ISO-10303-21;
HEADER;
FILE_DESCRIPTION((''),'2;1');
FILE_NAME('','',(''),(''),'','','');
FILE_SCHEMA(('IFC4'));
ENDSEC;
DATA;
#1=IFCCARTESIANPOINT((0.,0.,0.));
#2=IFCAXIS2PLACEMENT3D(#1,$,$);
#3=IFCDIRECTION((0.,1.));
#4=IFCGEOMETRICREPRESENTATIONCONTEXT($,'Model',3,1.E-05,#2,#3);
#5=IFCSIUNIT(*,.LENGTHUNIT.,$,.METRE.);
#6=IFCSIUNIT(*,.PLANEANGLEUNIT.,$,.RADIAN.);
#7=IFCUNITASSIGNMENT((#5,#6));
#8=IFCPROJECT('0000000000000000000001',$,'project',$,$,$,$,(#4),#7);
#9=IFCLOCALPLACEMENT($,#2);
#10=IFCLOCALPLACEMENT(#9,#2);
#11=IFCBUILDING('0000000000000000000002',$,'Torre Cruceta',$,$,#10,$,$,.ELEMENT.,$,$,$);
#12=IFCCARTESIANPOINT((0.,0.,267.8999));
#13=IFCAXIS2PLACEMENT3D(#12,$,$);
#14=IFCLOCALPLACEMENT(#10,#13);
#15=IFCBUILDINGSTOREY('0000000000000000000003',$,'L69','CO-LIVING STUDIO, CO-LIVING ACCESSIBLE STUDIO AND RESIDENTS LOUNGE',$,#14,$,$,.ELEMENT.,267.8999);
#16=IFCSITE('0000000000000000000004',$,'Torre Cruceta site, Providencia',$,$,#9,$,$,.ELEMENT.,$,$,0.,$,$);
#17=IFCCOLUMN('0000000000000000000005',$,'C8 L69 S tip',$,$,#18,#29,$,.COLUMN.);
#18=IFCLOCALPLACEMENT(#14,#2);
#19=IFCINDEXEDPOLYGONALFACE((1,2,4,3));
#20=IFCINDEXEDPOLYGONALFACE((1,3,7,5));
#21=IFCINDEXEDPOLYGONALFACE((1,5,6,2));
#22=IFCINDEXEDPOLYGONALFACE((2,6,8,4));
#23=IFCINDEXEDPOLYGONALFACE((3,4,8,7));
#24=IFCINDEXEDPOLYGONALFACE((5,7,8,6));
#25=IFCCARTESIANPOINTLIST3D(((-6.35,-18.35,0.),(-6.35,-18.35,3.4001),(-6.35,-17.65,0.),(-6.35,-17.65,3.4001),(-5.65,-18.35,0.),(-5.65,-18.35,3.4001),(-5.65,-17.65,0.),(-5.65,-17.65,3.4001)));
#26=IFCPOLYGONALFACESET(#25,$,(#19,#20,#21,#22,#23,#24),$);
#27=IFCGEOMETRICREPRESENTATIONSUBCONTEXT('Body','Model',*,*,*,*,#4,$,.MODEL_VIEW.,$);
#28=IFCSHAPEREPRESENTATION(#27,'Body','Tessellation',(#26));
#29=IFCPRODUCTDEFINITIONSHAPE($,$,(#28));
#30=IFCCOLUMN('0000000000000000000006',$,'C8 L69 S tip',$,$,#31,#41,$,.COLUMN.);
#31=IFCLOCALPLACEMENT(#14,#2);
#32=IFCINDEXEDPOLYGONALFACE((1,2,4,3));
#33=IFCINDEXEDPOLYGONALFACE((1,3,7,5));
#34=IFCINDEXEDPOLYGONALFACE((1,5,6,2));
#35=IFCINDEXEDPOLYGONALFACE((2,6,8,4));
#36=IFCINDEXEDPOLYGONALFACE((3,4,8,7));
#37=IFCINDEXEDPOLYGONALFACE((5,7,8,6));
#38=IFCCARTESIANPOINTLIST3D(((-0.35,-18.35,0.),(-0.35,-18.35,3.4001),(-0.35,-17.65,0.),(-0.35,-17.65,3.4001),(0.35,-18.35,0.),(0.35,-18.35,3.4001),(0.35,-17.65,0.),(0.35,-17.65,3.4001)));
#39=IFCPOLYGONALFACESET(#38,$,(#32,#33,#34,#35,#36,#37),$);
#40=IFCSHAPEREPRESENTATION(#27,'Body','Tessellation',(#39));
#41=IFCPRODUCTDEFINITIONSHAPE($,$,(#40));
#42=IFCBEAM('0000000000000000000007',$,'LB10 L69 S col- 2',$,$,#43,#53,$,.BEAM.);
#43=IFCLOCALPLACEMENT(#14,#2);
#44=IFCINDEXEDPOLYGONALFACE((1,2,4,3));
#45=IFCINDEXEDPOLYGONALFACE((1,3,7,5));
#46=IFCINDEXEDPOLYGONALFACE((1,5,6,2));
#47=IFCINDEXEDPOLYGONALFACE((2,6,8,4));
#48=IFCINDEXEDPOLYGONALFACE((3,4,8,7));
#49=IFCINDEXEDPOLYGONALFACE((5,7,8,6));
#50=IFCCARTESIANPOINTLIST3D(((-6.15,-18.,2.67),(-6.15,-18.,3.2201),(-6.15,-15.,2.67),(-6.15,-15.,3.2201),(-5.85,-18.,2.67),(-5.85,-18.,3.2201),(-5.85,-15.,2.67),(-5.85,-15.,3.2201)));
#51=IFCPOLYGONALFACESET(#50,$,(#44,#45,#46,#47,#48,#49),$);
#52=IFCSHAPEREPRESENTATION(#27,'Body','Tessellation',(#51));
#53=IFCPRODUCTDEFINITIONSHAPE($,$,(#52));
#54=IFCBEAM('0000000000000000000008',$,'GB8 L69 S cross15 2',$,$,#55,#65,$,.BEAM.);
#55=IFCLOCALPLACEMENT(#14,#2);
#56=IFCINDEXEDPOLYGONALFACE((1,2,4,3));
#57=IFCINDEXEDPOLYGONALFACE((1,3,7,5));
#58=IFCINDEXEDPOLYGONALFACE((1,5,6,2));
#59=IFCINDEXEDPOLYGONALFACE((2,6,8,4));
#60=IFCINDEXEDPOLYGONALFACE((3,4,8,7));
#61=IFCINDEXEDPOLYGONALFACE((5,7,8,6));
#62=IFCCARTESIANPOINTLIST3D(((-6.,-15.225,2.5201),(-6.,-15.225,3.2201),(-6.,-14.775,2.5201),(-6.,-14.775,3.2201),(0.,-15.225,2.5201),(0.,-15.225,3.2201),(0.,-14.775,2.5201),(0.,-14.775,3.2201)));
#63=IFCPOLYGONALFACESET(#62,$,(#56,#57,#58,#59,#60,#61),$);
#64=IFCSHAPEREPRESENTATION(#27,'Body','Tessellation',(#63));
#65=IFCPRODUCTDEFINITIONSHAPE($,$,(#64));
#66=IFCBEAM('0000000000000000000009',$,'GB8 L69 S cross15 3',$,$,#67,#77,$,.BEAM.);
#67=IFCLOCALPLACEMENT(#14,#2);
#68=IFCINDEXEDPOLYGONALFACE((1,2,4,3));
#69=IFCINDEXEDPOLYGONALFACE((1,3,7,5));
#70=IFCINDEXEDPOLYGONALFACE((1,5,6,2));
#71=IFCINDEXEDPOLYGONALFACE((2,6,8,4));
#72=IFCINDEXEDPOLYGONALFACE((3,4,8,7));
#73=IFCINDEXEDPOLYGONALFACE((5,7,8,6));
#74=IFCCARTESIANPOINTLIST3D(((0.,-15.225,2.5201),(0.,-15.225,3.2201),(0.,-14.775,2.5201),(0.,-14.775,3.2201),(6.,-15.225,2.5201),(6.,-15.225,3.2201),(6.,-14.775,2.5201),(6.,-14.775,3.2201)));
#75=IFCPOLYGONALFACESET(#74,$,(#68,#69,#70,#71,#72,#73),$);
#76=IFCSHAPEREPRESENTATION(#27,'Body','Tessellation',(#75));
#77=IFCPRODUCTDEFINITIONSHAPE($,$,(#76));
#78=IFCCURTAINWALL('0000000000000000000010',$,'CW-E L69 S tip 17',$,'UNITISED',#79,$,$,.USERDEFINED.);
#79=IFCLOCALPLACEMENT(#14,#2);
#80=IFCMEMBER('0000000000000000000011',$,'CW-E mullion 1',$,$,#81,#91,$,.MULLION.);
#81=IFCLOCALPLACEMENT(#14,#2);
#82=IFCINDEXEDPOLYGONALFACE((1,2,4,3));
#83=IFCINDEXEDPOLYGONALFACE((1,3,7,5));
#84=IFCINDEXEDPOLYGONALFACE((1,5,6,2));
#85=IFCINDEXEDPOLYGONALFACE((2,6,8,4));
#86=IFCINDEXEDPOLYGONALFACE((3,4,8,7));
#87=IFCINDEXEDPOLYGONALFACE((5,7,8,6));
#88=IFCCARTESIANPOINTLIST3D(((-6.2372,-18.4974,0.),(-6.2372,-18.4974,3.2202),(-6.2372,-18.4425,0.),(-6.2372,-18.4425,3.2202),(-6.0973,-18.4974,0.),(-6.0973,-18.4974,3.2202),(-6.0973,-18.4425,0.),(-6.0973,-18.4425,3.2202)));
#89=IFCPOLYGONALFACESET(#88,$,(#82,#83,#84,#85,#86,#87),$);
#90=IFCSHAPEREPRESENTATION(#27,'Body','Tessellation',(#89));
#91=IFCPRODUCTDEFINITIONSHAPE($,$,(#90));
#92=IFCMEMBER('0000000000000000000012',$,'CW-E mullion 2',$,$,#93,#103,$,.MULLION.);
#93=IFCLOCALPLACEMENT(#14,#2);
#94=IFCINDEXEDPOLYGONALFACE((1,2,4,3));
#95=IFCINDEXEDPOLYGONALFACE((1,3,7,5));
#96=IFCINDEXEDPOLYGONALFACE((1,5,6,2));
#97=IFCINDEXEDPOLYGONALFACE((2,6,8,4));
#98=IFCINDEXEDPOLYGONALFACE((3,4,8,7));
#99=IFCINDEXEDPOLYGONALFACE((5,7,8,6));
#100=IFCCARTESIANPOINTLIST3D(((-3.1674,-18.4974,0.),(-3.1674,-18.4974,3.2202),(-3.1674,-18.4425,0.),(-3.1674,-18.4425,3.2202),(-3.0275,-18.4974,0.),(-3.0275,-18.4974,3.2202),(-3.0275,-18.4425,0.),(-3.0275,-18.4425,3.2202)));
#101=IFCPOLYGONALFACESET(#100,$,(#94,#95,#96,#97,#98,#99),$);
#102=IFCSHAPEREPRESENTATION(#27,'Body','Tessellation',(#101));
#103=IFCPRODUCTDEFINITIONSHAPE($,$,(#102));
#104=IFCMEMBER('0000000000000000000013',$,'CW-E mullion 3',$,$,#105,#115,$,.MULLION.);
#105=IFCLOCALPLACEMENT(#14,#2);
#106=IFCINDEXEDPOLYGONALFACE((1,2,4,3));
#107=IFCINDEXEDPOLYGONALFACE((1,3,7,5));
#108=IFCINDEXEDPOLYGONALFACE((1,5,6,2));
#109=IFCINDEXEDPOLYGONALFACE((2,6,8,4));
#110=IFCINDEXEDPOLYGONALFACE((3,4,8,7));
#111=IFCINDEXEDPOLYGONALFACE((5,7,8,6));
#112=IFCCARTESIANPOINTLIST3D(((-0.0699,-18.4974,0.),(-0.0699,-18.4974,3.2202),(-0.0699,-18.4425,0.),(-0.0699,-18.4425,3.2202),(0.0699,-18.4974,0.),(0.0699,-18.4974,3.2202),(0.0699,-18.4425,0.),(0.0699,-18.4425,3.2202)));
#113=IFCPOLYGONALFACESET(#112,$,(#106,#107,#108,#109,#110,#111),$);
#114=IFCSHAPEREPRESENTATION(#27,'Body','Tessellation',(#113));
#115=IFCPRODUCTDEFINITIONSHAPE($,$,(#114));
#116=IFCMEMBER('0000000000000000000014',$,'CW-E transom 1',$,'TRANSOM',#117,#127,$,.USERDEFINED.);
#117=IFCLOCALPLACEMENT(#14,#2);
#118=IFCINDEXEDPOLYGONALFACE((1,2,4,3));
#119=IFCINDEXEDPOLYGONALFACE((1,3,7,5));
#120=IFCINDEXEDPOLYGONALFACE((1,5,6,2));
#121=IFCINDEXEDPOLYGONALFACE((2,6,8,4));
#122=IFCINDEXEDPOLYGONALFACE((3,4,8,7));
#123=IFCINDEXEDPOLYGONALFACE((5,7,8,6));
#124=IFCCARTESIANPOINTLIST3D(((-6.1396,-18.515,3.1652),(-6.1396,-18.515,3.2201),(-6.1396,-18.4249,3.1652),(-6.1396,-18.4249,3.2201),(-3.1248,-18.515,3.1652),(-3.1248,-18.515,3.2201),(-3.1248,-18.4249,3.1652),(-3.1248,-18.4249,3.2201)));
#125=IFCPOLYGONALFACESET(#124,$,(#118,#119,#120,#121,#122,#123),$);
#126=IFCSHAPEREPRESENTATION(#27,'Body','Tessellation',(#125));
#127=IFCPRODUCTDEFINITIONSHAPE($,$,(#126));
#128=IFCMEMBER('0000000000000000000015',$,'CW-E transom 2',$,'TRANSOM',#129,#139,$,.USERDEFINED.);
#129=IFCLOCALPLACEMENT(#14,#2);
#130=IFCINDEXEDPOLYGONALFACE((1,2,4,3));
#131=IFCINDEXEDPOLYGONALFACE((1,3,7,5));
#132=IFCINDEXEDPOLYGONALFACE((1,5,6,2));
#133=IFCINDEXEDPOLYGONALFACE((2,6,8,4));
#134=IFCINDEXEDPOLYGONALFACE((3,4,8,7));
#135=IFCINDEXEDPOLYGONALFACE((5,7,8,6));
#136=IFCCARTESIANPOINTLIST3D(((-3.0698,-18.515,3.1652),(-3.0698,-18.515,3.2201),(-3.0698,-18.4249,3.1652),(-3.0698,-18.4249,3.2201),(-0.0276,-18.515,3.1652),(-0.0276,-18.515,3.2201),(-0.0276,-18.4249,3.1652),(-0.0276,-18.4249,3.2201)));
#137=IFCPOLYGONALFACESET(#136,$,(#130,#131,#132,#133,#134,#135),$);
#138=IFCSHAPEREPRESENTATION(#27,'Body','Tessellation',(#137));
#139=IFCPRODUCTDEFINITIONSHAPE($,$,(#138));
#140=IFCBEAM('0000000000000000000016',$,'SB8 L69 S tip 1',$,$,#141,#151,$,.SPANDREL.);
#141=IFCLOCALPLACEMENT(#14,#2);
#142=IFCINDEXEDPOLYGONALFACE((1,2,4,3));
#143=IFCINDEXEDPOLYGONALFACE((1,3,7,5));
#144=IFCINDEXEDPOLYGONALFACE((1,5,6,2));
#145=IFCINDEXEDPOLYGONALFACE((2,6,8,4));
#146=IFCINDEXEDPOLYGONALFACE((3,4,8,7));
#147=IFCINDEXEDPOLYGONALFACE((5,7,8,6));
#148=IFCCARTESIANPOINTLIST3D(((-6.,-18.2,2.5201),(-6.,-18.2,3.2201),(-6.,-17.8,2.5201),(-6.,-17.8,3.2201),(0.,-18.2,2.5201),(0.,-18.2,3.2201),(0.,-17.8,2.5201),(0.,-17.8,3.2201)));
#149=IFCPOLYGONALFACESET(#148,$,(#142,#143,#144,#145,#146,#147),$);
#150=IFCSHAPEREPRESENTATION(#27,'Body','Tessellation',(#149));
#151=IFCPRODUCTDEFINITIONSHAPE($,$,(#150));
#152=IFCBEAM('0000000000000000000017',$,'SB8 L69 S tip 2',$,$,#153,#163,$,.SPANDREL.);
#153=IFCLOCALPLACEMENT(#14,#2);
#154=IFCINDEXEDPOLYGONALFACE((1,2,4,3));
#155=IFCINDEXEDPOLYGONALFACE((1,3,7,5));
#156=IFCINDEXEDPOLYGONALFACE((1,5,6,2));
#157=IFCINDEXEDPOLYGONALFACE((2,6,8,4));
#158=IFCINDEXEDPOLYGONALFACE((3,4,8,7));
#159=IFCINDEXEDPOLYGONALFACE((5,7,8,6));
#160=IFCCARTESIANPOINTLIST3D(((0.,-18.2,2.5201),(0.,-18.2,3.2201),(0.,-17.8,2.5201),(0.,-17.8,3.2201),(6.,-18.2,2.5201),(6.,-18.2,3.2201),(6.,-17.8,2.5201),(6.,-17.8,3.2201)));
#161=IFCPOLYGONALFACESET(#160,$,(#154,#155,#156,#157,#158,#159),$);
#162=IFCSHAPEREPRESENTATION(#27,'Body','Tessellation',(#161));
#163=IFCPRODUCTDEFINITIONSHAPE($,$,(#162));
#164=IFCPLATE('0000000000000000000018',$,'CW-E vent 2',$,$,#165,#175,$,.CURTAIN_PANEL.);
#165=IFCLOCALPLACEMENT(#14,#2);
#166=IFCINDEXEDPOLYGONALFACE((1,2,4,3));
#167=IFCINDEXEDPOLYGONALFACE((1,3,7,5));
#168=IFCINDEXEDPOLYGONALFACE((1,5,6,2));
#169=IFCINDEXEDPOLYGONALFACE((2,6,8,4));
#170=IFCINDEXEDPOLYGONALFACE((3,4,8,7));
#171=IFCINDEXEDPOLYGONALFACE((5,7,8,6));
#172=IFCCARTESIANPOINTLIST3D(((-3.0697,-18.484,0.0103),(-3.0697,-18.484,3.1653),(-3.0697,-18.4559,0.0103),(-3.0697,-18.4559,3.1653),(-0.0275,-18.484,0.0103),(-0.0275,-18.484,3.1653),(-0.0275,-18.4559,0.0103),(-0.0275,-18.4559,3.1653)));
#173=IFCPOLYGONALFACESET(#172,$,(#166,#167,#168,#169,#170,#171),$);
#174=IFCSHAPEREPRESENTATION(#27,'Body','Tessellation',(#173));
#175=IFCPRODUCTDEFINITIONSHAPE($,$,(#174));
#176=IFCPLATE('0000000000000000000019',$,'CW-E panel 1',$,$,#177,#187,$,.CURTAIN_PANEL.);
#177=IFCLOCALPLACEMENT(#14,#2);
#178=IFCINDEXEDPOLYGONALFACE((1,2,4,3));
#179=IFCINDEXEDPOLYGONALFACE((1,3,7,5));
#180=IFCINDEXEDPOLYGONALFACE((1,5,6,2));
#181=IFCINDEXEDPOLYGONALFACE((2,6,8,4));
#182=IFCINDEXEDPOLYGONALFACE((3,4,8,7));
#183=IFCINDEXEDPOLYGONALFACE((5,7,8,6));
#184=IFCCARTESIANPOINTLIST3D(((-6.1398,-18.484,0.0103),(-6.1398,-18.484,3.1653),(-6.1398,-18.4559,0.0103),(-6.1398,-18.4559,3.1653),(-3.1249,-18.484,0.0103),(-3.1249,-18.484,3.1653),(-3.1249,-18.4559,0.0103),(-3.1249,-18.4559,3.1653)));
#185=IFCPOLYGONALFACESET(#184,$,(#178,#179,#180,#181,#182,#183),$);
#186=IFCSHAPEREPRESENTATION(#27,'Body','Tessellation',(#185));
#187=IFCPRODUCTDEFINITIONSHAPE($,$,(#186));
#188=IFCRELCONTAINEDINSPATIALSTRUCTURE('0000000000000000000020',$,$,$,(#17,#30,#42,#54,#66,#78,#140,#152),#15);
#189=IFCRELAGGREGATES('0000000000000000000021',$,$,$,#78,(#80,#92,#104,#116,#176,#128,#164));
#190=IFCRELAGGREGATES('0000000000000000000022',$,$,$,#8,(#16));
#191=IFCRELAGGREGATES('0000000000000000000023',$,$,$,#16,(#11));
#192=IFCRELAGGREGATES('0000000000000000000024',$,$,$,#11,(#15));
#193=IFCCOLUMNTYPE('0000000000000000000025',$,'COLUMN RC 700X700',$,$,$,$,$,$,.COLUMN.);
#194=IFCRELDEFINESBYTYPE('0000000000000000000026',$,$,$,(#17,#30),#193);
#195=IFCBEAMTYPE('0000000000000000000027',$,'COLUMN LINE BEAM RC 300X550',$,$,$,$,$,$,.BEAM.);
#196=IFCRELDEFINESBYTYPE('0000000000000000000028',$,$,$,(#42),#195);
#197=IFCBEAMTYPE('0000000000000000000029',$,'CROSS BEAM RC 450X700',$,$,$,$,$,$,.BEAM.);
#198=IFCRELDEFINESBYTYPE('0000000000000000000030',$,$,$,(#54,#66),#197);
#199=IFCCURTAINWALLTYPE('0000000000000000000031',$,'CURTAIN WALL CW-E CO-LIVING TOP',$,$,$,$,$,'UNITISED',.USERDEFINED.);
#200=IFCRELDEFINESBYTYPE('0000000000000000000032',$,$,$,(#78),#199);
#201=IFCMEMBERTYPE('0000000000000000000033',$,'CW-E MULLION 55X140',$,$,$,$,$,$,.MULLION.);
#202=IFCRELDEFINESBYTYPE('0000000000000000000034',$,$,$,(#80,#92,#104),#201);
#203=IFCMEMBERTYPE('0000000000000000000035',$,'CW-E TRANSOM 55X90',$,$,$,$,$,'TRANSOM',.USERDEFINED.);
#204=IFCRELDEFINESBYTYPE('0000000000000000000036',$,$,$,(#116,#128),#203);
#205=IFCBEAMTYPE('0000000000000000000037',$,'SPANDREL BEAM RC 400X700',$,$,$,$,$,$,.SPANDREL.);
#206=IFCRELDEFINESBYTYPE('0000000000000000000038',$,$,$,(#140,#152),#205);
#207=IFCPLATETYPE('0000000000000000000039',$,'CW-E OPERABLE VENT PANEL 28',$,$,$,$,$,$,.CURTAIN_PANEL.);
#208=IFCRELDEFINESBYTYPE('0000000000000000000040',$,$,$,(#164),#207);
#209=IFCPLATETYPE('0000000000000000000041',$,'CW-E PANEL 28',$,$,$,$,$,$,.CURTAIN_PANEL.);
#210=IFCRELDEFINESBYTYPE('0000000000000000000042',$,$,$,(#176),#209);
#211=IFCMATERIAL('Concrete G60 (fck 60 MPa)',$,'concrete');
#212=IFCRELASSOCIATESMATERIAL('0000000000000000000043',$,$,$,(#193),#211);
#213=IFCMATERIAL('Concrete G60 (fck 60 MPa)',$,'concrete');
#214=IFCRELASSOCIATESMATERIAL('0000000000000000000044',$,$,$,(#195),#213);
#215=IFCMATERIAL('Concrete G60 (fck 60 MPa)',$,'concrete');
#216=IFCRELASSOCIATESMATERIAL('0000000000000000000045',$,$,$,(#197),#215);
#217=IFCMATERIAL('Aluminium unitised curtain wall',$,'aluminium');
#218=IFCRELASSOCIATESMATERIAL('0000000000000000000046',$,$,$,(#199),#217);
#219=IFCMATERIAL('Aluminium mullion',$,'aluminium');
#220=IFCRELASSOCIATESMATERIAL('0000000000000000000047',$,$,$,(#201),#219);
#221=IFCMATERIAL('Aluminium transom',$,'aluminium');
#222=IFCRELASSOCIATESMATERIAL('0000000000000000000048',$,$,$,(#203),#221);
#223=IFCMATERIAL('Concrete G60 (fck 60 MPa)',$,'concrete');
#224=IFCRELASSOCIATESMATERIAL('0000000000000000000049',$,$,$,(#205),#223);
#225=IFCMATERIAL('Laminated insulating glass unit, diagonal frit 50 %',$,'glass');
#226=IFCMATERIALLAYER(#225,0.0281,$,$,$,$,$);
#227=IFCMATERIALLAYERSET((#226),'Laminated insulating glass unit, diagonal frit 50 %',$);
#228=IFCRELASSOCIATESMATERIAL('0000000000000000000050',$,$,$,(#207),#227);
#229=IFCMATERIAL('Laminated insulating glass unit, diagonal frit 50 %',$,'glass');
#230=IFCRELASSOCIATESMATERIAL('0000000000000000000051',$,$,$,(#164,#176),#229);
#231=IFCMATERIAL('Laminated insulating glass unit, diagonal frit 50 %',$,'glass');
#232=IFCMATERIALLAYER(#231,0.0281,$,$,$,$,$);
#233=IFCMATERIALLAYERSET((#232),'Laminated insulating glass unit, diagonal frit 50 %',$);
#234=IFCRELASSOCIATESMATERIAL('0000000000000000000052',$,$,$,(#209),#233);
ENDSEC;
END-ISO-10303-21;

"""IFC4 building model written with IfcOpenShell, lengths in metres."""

from ifc_helpers import new_model, si_unit, direction, frame, origin, origin_2d, place, context, subcontext, project, spatial, rectangle, extrude, material, layer, layer_set, material_profile, profile_set, type_object, element, aggregate, save


model = new_model("IFC4")

# Units and contexts
model_context = context("Model", 3, precision=1e-05, world=origin(), true_north=direction((0.0, 1.0)))
body_context = subcontext(model_context, "Body", "Model", "MODEL_VIEW")
ifc_project = project(units=[si_unit("LENGTHUNIT", "METRE"), si_unit("PLANEANGLEUNIT", "RADIAN")], contexts=[model_context])

# Site, building, storey
site_placement = place(None, origin())
site = spatial("IfcSite", under=ifc_project, at=site_placement, Name="Torre Cruceta site, Providencia", CompositionType="ELEMENT", RefElevation=0.0)
building_placement = place(site_placement, origin())
building = spatial("IfcBuilding", under=site, at=building_placement, Name="Torre Cruceta", CompositionType="ELEMENT")
storey_placement = place(building_placement, frame((0.0, 0.0, 267.8999)))
storey = spatial("IfcBuildingStorey", under=building, at=storey_placement, Name="L69", Description="CO-LIVING STUDIO, CO-LIVING ACCESSIBLE STUDIO AND RESIDENTS LOUNGE", CompositionType="ELEMENT", Elevation=267.8999)

# Columns
ifc_material_1 = material(Name="Concrete G60 (fck 60 MPa)", Category="concrete")
ifc_material_profile_1 = material_profile(ifc_material_1, rectangle(XDim=0.7, YDim=0.7, at=origin_2d()), Name="RC 700X700")
ifc_profile_set_1 = profile_set([ifc_material_profile_1], Name="Concrete G60 (fck 60 MPa)")
column_type = type_object("IfcColumnType", Name="COLUMN RC 700X700", PredefinedType="COLUMN", material=ifc_profile_set_1)
for number, where, z_axis, x_axis, name in (
    (1, (-6.0, -18.0, 0.0), (0.0, 0.0, 1.0), (1.0, 0.0, 0.0), "C8 L69 S tip"),
    (2, (0.0, -18.0, 0.0), (0.0, 0.0, 1.0), (1.0, 0.0, 0.0), "C8 L69 S tip"),
):
    element("IfcColumn", number, at=place(storey_placement, frame(where, z_axis=z_axis, x_axis=x_axis)), inside=storey, type_object=column_type, Name=name, PredefinedType="COLUMN", context=body_context, shape_type="SweptSolid", body=[
        extrude(rectangle(XDim=0.7, YDim=0.7, at=origin_2d()), origin(), (0.0, 0.0, 1.0), 3.4001),
    ])

# Beams
ifc_material_2 = material(Name="Concrete G60 (fck 60 MPa)", Category="concrete")
ifc_material_profile_2 = material_profile(ifc_material_2, rectangle(XDim=0.3, YDim=0.55, at=origin_2d()), Name="RC 300X550")
ifc_profile_set_2 = profile_set([ifc_material_profile_2], Name="Concrete G60 (fck 60 MPa)")
beam_type_1 = type_object("IfcBeamType", Name="COLUMN LINE BEAM RC 300X550", PredefinedType="BEAM", material=ifc_profile_set_2)
beam_placement = place(storey_placement, frame((-6.0, -15.0, 2.9451), z_axis=(0.0, -1.0, 0.0), x_axis=(1.0, 0.0, 0.0)))
element("IfcBeam", 3, at=beam_placement, inside=storey, type_object=beam_type_1, Name="LB10 L69 S col- 2", PredefinedType="BEAM", context=body_context, shape_type="SweptSolid", body=[
    extrude(rectangle(XDim=0.3, YDim=0.55, at=origin_2d()), origin(), (0.0, 0.0, 1.0), 3.0),
])
ifc_material_3 = material(Name="Concrete G60 (fck 60 MPa)", Category="concrete")
ifc_material_profile_3 = material_profile(ifc_material_3, rectangle(XDim=0.45, YDim=0.7, at=origin_2d()), Name="RC 450X700")
ifc_profile_set_3 = profile_set([ifc_material_profile_3], Name="Concrete G60 (fck 60 MPa)")
beam_type_2 = type_object("IfcBeamType", Name="CROSS BEAM RC 450X700", PredefinedType="BEAM", material=ifc_profile_set_3)
for number, where, z_axis, x_axis, name in (
    (4, (-6.0, -15.0, 2.8701), (1.0, 0.0, 0.0), (0.0, 1.0, 0.0), "GB8 L69 S cross15 2"),
    (5, (0.0, -15.0, 2.8701), (1.0, 0.0, 0.0), (0.0, 1.0, 0.0), "GB8 L69 S cross15 3"),
):
    element("IfcBeam", number, at=place(storey_placement, frame(where, z_axis=z_axis, x_axis=x_axis)), inside=storey, type_object=beam_type_2, Name=name, PredefinedType="BEAM", context=body_context, shape_type="SweptSolid", body=[
        extrude(rectangle(XDim=0.45, YDim=0.7, at=origin_2d()), origin(), (0.0, 0.0, 1.0), 6.0),
    ])

# Curtain wall, members
ifc_material_4 = material(Name="Aluminium unitised curtain wall", Category="aluminium")
curtain_wall_type = type_object("IfcCurtainWallType", Name="CURTAIN WALL CW-E CO-LIVING TOP", ElementType="UNITISED", PredefinedType="USERDEFINED", material=ifc_material_4)
curtain_wall_placement = place(storey_placement, origin())
curtain_wall = element("IfcCurtainWall", 6, at=curtain_wall_placement, inside=storey, type_object=curtain_wall_type, Name="CW-E L69 S tip 17", ObjectType="UNITISED", PredefinedType="USERDEFINED")
ifc_material_5 = material(Name="Aluminium mullion", Category="aluminium")
ifc_material_profile_4 = material_profile(ifc_material_5, rectangle(XDim=0.0549, YDim=0.1399, at=origin_2d()), Name="AL 55X140")
ifc_profile_set_4 = profile_set([ifc_material_profile_4], Name="Aluminium mullion")
member_type_1 = type_object("IfcMemberType", Name="CW-E MULLION 55X140", PredefinedType="MULLION", material=ifc_profile_set_4)
member_1_placement = place(storey_placement, frame((-6.1672, -18.47, 0.0), z_axis=(0.0, 0.0, 1.0), x_axis=(0.0, 1.0, 0.0)))
member_1 = element("IfcMember", 7, at=member_1_placement, type_object=member_type_1, Name="CW-E mullion 1", PredefinedType="MULLION", context=body_context, shape_type="SweptSolid", body=[
    extrude(rectangle(XDim=0.0549, YDim=0.1399, at=origin_2d()), origin(), (0.0, 0.0, 1.0), 3.2202),
])
member_2_placement = place(storey_placement, frame((-3.0974, -18.47, 0.0), z_axis=(0.0, 0.0, 1.0), x_axis=(0.0, 1.0, 0.0)))
member_2 = element("IfcMember", 8, at=member_2_placement, type_object=member_type_1, Name="CW-E mullion 2", PredefinedType="MULLION", context=body_context, shape_type="SweptSolid", body=[
    extrude(rectangle(XDim=0.0549, YDim=0.1399, at=origin_2d()), origin(), (0.0, 0.0, 1.0), 3.2202),
])
member_3_placement = place(storey_placement, frame((0.0, -18.47, 0.0), z_axis=(0.0, 0.0, 1.0), x_axis=(0.0, 1.0, 0.0)))
member_3 = element("IfcMember", 9, at=member_3_placement, type_object=member_type_1, Name="CW-E mullion 3", PredefinedType="MULLION", context=body_context, shape_type="SweptSolid", body=[
    extrude(rectangle(XDim=0.0549, YDim=0.1399, at=origin_2d()), origin(), (0.0, 0.0, 1.0), 3.2202),
])
ifc_material_6 = material(Name="Aluminium transom", Category="aluminium")
ifc_material_profile_5 = material_profile(ifc_material_6, rectangle(XDim=0.0901, YDim=0.0549, at=origin_2d()), Name="AL 90X55")
ifc_profile_set_5 = profile_set([ifc_material_profile_5], Name="Aluminium transom")
member_type_2 = type_object("IfcMemberType", Name="CW-E TRANSOM 55X90", ElementType="TRANSOM", PredefinedType="USERDEFINED", material=ifc_profile_set_5)
member_4_placement = place(storey_placement, frame((-6.1396, -18.47, 3.1926), z_axis=(1.0, 0.0, 0.0), x_axis=(0.0, 1.0, 0.0)))
member_4 = element("IfcMember", 10, at=member_4_placement, type_object=member_type_2, Name="CW-E transom 1", ObjectType="TRANSOM", PredefinedType="USERDEFINED", context=body_context, shape_type="SweptSolid", body=[
    extrude(rectangle(XDim=0.0901, YDim=0.0549, at=origin_2d()), origin(), (0.0, 0.0, 1.0), 3.0149),
])
member_5_placement = place(storey_placement, frame((-3.0698, -18.47, 3.1926), z_axis=(1.0, 0.0, 0.0), x_axis=(0.0, 1.0, 0.0)))
member_5 = element("IfcMember", 11, at=member_5_placement, type_object=member_type_2, Name="CW-E transom 2", ObjectType="TRANSOM", PredefinedType="USERDEFINED", context=body_context, shape_type="SweptSolid", body=[
    extrude(rectangle(XDim=0.0901, YDim=0.0549, at=origin_2d()), origin(), (0.0, 0.0, 1.0), 3.0422),
])

# Beams
ifc_material_7 = material(Name="Concrete G60 (fck 60 MPa)", Category="concrete")
ifc_material_profile_6 = material_profile(ifc_material_7, rectangle(XDim=0.3999, YDim=0.7, at=origin_2d()), Name="RC 400X700")
ifc_profile_set_6 = profile_set([ifc_material_profile_6], Name="Concrete G60 (fck 60 MPa)")
beam_type_3 = type_object("IfcBeamType", Name="SPANDREL BEAM RC 400X700", PredefinedType="SPANDREL", material=ifc_profile_set_6)
for number, where, z_axis, x_axis, name in (
    (12, (-6.0, -18.0, 2.8701), (1.0, 0.0, 0.0), (0.0, 1.0, 0.0), "SB8 L69 S tip 1"),
    (13, (0.0, -18.0, 2.8701), (1.0, 0.0, 0.0), (0.0, 1.0, 0.0), "SB8 L69 S tip 2"),
):
    element("IfcBeam", number, at=place(storey_placement, frame(where, z_axis=z_axis, x_axis=x_axis)), inside=storey, type_object=beam_type_3, Name=name, PredefinedType="SPANDREL", context=body_context, shape_type="SweptSolid", body=[
        extrude(rectangle(XDim=0.3999, YDim=0.7, at=origin_2d()), origin(), (0.0, 0.0, 1.0), 6.0),
    ])

# Plates
ifc_material_8 = material(Name="Laminated insulating glass unit, diagonal frit 50 %", Category="glass")
ifc_material_9 = material(Name="Laminated insulating glass unit, diagonal frit 50 %", Category="glass")
ifc_layer_1 = layer(ifc_material_9, 0.0281)
ifc_layer_set_1 = layer_set([ifc_layer_1], Name="Laminated insulating glass unit, diagonal frit 50 %")
plate_type_1 = type_object("IfcPlateType", Name="CW-E OPERABLE VENT PANEL 28", PredefinedType="CURTAIN_PANEL", material=ifc_layer_set_1)
plate_1_placement = place(storey_placement, frame((-1.5486, -18.47, 0.0103), z_axis=(0.0, 0.0, 1.0), x_axis=(1.0, 0.0, 0.0)))
plate_1 = element("IfcPlate", 14, at=plate_1_placement, type_object=plate_type_1, material=ifc_material_8, Name="CW-E vent 2", PredefinedType="CURTAIN_PANEL", context=body_context, shape_type="SweptSolid", body=[
    extrude(rectangle(XDim=3.0422, YDim=0.0281, at=origin_2d()), origin(), (0.0, 0.0, 1.0), 3.155),
])
ifc_material_10 = material(Name="Laminated insulating glass unit, diagonal frit 50 %", Category="glass")
ifc_layer_2 = layer(ifc_material_10, 0.0281)
ifc_layer_set_2 = layer_set([ifc_layer_2], Name="Laminated insulating glass unit, diagonal frit 50 %")
plate_type_2 = type_object("IfcPlateType", Name="CW-E PANEL 28", PredefinedType="CURTAIN_PANEL", material=ifc_layer_set_2)
plate_2_placement = place(storey_placement, frame((-4.6323, -18.47, 0.0103), z_axis=(0.0, 0.0, 1.0), x_axis=(1.0, 0.0, 0.0)))
plate_2 = element("IfcPlate", 15, at=plate_2_placement, type_object=plate_type_2, material=ifc_material_8, Name="CW-E panel 1", PredefinedType="CURTAIN_PANEL", context=body_context, shape_type="SweptSolid", body=[
    extrude(rectangle(XDim=3.0149, YDim=0.0281, at=origin_2d()), origin(), (0.0, 0.0, 1.0), 3.155),
])
aggregate(curtain_wall, [member_1, member_2, member_3, member_4, plate_2, member_5, plate_1])

save(model, "model.ifc")
